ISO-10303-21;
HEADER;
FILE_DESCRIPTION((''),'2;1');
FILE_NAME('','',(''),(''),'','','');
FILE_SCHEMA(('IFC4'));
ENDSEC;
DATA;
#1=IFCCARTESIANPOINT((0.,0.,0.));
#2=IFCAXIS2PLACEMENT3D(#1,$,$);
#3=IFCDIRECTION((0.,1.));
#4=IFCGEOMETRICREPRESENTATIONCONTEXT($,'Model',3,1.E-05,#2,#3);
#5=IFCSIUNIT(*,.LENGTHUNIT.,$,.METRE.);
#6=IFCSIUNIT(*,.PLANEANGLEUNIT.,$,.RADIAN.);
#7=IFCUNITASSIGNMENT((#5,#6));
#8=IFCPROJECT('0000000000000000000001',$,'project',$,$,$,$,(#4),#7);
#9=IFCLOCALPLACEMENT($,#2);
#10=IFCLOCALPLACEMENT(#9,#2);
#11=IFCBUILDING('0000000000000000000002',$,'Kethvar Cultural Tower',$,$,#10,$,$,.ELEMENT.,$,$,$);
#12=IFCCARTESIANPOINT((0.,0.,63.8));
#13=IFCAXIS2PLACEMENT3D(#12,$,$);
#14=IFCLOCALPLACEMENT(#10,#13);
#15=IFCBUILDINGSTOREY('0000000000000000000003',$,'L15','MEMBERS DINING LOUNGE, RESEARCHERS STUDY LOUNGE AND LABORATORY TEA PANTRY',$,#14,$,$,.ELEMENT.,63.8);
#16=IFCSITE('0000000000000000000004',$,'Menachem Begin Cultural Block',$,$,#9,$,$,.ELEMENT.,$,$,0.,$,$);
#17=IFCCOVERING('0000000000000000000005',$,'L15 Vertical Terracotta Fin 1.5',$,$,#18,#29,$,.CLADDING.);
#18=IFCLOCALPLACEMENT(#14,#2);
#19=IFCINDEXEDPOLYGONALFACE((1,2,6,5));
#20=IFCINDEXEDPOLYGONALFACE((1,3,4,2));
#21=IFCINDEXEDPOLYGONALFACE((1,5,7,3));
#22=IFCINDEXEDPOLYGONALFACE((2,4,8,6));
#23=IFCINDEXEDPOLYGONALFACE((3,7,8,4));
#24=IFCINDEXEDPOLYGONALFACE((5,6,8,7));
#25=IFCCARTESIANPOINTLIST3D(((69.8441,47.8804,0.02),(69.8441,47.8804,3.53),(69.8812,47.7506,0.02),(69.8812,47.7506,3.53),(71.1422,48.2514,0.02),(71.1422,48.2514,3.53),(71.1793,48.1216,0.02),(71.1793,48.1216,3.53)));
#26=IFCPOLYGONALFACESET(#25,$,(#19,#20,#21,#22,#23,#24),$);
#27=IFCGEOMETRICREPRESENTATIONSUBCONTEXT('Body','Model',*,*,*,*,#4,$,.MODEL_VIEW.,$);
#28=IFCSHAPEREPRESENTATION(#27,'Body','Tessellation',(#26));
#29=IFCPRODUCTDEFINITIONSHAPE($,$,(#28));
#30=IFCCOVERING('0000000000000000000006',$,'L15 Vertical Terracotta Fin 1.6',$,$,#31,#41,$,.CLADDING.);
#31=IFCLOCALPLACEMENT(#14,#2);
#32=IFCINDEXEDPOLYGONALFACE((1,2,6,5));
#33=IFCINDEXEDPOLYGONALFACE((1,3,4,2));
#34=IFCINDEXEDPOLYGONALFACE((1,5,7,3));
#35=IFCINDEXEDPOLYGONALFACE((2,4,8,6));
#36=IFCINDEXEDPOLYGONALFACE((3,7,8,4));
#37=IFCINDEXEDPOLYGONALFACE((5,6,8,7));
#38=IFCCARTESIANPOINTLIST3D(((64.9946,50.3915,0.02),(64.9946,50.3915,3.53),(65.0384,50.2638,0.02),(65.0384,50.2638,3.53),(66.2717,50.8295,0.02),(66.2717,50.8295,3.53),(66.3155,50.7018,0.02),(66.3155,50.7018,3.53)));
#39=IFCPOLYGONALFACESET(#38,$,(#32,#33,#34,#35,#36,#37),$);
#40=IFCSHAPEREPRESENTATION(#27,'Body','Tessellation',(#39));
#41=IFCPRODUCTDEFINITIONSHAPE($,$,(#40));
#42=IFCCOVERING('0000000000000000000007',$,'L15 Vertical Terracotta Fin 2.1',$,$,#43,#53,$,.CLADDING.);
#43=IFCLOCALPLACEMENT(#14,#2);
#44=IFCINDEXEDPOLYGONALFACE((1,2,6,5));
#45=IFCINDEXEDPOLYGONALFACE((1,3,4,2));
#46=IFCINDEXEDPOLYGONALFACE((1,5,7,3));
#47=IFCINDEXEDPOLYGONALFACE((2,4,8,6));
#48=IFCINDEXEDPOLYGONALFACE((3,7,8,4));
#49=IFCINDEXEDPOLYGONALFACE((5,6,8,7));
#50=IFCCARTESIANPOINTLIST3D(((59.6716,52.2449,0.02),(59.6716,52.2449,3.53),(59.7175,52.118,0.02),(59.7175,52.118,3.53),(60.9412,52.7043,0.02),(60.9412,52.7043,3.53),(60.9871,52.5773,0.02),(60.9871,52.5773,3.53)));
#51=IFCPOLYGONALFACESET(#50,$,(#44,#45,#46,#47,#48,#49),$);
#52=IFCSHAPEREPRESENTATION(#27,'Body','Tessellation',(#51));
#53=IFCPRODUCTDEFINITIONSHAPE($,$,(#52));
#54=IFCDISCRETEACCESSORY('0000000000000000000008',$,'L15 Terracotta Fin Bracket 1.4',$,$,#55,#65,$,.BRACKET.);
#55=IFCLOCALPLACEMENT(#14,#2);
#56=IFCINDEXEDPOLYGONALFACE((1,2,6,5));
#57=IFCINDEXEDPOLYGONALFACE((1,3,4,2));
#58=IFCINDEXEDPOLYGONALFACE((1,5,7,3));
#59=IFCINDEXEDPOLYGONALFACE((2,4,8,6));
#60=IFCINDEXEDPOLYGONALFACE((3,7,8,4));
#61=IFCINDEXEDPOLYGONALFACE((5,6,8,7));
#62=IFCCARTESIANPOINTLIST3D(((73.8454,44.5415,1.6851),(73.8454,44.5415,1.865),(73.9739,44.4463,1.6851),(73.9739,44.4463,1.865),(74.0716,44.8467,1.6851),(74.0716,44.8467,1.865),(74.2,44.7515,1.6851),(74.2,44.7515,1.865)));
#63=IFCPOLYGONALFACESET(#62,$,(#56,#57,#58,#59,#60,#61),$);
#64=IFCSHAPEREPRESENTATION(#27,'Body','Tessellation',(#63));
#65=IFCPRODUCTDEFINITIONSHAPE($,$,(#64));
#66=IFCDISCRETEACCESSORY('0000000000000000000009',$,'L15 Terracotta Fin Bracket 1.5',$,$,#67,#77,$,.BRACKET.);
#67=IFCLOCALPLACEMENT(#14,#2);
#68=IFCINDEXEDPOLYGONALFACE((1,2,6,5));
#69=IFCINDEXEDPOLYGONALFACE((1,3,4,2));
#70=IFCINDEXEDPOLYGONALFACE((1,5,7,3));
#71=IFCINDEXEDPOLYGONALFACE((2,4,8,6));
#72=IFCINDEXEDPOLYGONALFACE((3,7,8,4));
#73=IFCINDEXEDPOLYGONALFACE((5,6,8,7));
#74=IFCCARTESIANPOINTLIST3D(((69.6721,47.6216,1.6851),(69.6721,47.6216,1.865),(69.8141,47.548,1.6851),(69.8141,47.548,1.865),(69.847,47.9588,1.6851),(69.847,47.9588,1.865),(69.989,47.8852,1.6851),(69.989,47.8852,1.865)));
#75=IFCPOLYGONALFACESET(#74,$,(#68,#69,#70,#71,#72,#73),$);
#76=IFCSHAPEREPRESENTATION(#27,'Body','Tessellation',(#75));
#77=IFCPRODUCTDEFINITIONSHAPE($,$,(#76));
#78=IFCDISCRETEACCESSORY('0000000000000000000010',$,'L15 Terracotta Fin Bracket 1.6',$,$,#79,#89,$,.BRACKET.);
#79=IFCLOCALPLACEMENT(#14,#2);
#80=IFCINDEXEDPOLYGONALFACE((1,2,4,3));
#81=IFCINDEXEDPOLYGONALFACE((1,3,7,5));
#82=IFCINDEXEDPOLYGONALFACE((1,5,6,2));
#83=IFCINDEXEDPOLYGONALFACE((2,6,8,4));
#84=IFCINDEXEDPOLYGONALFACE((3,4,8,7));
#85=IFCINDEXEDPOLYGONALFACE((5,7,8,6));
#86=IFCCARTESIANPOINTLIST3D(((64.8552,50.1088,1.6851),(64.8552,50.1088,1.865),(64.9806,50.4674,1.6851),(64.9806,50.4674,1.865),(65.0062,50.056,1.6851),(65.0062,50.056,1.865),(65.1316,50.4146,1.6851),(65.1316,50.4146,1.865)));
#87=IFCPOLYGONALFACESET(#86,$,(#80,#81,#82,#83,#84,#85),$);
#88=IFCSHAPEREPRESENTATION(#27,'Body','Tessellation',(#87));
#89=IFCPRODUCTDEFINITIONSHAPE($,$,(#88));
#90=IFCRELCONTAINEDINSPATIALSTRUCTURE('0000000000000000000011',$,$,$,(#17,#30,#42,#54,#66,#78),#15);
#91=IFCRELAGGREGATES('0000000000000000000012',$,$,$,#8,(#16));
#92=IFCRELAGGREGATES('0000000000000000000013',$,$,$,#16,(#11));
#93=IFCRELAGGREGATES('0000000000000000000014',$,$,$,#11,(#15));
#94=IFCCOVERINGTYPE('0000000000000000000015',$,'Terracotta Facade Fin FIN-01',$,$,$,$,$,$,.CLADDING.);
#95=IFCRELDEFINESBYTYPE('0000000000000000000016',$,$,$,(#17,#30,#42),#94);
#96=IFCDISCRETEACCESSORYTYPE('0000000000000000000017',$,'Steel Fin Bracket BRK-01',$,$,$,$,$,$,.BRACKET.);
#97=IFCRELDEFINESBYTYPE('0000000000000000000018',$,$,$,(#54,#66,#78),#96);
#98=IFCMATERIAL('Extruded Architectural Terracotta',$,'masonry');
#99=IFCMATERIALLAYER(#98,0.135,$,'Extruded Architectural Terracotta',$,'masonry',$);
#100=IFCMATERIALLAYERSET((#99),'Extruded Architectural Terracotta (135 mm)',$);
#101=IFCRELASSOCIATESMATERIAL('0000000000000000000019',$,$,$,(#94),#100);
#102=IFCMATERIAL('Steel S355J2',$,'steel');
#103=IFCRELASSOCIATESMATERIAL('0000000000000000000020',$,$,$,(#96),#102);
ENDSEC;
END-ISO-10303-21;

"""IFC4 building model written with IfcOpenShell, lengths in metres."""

from ifc_helpers import new_model, si_unit, direction, frame, origin, origin_2d, place, context, subcontext, project, spatial, rectangle, extrude, source, transform, mapped, material, layer, layer_set, type_object, element, save


model = new_model("IFC4")

# Units and contexts
model_context = context("Model", 3, precision=1e-05, world=origin(), true_north=direction((0.0, 1.0)))
body_context = subcontext(model_context, "Body", "Model", "MODEL_VIEW")
ifc_project = project(units=[si_unit("LENGTHUNIT", "METRE"), si_unit("PLANEANGLEUNIT", "RADIAN")], contexts=[model_context])

# Site, building, storey
site_placement = place(None, origin())
site = spatial("IfcSite", under=ifc_project, at=site_placement, Name="Menachem Begin Cultural Block", CompositionType="ELEMENT", RefElevation=0.0)
building_placement = place(site_placement, origin())
building = spatial("IfcBuilding", under=site, at=building_placement, Name="Kethvar Cultural Tower", CompositionType="ELEMENT")
storey_placement = place(building_placement, frame((0.0, 0.0, 63.8)))
storey = spatial("IfcBuildingStorey", under=building, at=storey_placement, Name="L15", Description="MEMBERS DINING LOUNGE, RESEARCHERS STUDY LOUNGE AND LABORATORY TEA PANTRY", CompositionType="ELEMENT", Elevation=63.8)

# Shared definitions
ifc_material_1 = material(Name="Steel S355J2", Category="steel")

# Coverings
ifc_material_2 = material(Name="Extruded Architectural Terracotta", Category="masonry")
ifc_layer_1 = layer(ifc_material_2, 0.135, Name="Extruded Architectural Terracotta", Category="masonry")
ifc_layer_set_1 = layer_set([ifc_layer_1], Name="Extruded Architectural Terracotta (135 mm)")
covering_type = type_object("IfcCoveringType", Name="Terracotta Facade Fin FIN-01", PredefinedType="CLADDING", material=ifc_layer_set_1)
shared_shape_1 = source(origin(), body_context, "Body", "SweptSolid", [
    extrude(rectangle(XDim=1.3501, YDim=0.135, at=origin_2d()), origin(), (0.0, 0.0, 1.0), 3.51),
])
for number, where, z_axis, x_axis, name in (
    (1, (70.5117, 48.001, 0.02), (0.0, 0.0, 1.0), (0.961502, 0.274798, 0.0), "L15 Vertical Terracotta Fin 1.5"),
    (2, (65.655, 50.5466, 0.02), (0.0, 0.0, 1.0), (0.945916, 0.324413, 0.0), "L15 Vertical Terracotta Fin 1.6"),
    (3, (60.3293, 52.4111, 0.02), (0.0, 0.0, 1.0), (0.940348, 0.340215, 0.0), "L15 Vertical Terracotta Fin 2.1"),
):
    element("IfcCovering", number, at=place(storey_placement, frame(where, z_axis=z_axis, x_axis=x_axis)), inside=storey, type_object=covering_type, Name=name, PredefinedType="CLADDING", context=body_context, shape_type="MappedRepresentation", body=[
        mapped(shared_shape_1, transform((0.0, 0.0, 0.0), scale=1.0)),
    ])

# Discrete accessories
discrete_accessory_type = type_object("IfcDiscreteAccessoryType", Name="Steel Fin Bracket BRK-01", PredefinedType="BRACKET", material=ifc_material_1)
shared_shape_2 = source(origin(), body_context, "Body", "SweptSolid", [
    extrude(rectangle(XDim=0.3799, YDim=0.1599, at=origin_2d()), origin(), (0.0, 0.0, 1.0), 0.1799),
])
for number, where, z_axis, x_axis, name in (
    (4, (74.0227, 44.6465, 1.6851), (0.0, 0.0, 1.0), (0.595384, 0.803441, 0.0), "L15 Terracotta Fin Bracket 1.4"),
    (5, (69.8306, 47.7534, 1.6851), (0.0, 0.0, 1.0), (0.460355, 0.887735, 0.0), "L15 Terracotta Fin Bracket 1.5"),
    (6, (64.9934, 50.2617, 1.6851), (0.0, 0.0, 1.0), (0.33002, 0.943974, 0.0), "L15 Terracotta Fin Bracket 1.6"),
):
    element("IfcDiscreteAccessory", number, at=place(storey_placement, frame(where, z_axis=z_axis, x_axis=x_axis)), inside=storey, type_object=discrete_accessory_type, Name=name, PredefinedType="BRACKET", context=body_context, shape_type="MappedRepresentation", body=[
        mapped(shared_shape_2, transform((0.0, 0.0, 0.0), scale=1.0)),
    ])

save(model, "model.ifc")
